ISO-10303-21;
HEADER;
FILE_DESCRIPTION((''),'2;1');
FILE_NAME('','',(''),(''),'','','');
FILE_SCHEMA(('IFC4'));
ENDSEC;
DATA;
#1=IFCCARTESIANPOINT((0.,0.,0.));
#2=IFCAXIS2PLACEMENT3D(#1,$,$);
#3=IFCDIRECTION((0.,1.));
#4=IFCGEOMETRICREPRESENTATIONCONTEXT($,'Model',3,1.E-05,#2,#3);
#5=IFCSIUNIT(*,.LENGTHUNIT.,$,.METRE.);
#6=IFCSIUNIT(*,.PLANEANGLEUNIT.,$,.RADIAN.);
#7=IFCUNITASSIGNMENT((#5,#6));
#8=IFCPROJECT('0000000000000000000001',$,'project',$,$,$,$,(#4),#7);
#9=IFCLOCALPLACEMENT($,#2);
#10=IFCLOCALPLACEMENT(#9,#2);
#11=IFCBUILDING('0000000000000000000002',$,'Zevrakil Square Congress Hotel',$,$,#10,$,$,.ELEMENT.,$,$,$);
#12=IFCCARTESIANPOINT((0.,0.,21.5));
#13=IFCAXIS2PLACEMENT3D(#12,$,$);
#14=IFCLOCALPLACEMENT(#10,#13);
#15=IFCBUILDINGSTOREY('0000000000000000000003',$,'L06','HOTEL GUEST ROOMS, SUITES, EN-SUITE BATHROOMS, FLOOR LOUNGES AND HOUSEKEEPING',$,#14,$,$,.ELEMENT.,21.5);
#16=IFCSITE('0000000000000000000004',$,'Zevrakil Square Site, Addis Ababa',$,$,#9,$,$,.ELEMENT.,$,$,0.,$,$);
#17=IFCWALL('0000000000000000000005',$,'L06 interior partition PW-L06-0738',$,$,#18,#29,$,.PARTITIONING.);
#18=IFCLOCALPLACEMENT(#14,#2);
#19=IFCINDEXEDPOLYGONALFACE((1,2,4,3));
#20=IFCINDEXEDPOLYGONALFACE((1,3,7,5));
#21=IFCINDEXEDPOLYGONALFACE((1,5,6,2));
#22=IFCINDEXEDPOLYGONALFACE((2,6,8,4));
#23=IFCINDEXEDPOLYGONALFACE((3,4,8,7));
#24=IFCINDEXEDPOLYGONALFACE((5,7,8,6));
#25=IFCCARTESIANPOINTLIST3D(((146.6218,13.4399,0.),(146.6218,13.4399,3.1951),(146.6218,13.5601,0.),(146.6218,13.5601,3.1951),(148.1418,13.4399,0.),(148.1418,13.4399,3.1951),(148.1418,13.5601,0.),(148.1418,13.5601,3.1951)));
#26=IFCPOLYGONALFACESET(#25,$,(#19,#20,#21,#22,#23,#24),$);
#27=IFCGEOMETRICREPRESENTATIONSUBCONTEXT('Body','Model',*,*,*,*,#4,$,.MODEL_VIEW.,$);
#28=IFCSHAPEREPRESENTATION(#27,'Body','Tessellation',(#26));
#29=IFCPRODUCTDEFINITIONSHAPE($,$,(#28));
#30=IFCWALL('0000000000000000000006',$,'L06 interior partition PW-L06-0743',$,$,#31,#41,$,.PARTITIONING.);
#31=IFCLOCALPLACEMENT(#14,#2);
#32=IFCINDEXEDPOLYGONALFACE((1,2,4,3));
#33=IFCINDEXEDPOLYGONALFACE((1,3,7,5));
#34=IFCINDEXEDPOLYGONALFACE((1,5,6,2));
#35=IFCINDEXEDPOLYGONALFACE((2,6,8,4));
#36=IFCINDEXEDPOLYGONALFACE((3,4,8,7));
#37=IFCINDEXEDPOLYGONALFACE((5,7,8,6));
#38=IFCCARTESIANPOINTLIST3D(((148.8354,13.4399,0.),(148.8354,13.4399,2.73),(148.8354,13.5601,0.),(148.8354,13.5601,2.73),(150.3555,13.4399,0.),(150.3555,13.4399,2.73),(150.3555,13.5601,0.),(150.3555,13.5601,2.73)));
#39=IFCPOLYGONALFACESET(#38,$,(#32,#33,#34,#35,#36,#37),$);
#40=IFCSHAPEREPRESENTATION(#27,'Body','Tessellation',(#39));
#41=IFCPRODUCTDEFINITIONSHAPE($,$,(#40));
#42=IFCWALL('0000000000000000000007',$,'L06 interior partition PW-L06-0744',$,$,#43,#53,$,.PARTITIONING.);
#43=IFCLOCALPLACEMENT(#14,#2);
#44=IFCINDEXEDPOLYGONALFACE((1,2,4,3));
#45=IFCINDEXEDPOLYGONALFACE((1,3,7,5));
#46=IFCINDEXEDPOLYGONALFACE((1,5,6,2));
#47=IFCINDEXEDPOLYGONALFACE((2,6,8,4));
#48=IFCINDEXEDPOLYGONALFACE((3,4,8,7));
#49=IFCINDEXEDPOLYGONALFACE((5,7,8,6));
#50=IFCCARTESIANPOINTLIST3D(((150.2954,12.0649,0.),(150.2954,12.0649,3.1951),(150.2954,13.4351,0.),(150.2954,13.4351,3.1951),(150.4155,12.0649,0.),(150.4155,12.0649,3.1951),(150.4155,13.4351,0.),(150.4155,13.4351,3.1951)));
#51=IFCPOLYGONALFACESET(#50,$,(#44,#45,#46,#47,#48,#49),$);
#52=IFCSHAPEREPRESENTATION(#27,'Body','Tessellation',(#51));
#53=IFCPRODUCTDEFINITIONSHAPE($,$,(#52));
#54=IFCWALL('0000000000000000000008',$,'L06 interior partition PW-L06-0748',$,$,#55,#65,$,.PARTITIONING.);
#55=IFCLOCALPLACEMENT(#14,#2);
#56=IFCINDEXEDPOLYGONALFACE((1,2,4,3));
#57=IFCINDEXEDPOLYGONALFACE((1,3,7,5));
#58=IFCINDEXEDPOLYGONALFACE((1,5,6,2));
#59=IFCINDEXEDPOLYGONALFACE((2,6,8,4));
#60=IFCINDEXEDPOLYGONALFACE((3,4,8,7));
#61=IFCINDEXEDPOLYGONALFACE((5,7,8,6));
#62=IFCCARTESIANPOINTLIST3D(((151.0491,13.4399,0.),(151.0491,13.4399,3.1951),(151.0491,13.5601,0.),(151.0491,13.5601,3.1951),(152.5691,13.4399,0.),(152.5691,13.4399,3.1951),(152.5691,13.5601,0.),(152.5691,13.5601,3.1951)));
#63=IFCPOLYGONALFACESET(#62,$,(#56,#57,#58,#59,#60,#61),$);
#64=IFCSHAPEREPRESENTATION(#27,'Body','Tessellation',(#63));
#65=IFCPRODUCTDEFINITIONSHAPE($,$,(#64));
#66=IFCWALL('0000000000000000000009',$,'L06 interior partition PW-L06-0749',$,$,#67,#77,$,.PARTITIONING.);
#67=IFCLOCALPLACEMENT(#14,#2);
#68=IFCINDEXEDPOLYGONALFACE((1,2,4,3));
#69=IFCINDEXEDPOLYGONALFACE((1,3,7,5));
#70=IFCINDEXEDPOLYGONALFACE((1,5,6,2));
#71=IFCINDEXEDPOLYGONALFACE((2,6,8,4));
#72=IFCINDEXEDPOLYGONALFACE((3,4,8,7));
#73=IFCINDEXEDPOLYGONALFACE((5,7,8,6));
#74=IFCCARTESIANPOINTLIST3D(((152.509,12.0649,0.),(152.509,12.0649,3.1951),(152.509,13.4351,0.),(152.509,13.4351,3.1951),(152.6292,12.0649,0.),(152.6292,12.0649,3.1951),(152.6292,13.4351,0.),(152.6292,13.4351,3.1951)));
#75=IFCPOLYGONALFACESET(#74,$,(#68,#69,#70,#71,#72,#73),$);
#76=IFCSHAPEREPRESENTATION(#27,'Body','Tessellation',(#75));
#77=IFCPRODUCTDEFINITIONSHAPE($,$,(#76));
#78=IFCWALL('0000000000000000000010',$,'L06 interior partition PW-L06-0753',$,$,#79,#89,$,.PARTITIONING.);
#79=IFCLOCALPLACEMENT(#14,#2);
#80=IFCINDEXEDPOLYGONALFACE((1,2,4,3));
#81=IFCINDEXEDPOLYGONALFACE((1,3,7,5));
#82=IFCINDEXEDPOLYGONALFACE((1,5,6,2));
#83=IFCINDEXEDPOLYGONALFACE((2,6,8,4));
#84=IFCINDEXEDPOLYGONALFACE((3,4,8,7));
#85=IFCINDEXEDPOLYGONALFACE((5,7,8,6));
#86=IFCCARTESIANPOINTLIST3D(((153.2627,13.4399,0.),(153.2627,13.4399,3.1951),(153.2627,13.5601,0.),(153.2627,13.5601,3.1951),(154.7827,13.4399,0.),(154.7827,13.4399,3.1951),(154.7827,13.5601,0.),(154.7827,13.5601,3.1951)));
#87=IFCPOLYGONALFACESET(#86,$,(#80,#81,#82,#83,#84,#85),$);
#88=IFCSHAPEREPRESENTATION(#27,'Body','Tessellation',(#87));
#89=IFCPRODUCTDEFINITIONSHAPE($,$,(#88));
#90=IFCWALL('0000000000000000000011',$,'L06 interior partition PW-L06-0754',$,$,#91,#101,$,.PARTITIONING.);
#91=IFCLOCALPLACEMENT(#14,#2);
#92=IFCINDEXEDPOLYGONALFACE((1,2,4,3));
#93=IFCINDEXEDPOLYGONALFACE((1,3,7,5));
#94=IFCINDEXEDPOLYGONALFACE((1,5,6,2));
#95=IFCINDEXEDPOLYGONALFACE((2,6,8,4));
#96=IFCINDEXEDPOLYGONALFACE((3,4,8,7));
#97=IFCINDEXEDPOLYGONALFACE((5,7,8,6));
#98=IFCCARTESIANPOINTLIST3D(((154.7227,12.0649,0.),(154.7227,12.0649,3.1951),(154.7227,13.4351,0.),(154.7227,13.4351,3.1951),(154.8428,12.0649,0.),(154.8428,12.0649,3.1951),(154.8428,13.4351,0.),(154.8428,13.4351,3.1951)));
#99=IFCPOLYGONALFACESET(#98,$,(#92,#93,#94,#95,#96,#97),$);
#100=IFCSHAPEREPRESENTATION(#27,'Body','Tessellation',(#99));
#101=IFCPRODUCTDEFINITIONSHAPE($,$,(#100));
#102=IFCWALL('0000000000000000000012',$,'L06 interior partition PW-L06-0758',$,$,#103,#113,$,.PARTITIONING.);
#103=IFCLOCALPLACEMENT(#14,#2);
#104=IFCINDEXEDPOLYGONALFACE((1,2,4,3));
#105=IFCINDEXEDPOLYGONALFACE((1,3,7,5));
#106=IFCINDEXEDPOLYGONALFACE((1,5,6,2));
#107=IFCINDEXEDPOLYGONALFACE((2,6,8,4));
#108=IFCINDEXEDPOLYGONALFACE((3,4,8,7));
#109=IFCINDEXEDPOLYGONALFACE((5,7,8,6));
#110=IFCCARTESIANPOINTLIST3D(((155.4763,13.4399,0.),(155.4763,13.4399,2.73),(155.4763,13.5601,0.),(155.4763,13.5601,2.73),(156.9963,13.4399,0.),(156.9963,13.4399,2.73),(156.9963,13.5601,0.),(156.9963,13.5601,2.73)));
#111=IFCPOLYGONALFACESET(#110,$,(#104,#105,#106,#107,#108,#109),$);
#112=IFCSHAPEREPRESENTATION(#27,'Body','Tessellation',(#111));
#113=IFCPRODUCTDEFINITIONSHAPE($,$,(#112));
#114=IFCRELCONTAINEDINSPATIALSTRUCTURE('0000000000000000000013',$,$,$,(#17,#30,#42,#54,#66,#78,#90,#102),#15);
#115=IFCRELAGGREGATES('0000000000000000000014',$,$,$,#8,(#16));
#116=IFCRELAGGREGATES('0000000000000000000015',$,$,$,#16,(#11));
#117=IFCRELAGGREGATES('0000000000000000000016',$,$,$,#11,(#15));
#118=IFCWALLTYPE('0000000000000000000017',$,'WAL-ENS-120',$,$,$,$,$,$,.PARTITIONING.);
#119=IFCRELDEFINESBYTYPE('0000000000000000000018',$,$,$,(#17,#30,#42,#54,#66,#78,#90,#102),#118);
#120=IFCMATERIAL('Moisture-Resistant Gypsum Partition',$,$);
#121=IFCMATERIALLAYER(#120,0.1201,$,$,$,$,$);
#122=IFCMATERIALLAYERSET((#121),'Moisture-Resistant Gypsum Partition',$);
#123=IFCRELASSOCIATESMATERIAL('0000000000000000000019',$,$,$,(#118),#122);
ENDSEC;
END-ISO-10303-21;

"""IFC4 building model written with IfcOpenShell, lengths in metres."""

from ifc_helpers import new_model, si_unit, direction, frame, frame_2d, origin, place, context, subcontext, project, spatial, rectangle, extrude, material, layer, layer_set, type_object, element, save


model = new_model("IFC4")

# Units and contexts
model_context = context("Model", 3, precision=1e-05, world=origin(), true_north=direction((0.0, 1.0)))
body_context = subcontext(model_context, "Body", "Model", "MODEL_VIEW")
ifc_project = project(units=[si_unit("LENGTHUNIT", "METRE"), si_unit("PLANEANGLEUNIT", "RADIAN")], contexts=[model_context])

# Site, building, storey
site_placement = place(None, origin())
site = spatial("IfcSite", under=ifc_project, at=site_placement, Name="Zevrakil Square Site, Addis Ababa", CompositionType="ELEMENT", RefElevation=0.0)
building_placement = place(site_placement, origin())
building = spatial("IfcBuilding", under=site, at=building_placement, Name="Zevrakil Square Congress Hotel", CompositionType="ELEMENT")
storey_placement = place(building_placement, frame((0.0, 0.0, 21.5)))
storey = spatial("IfcBuildingStorey", under=building, at=storey_placement, Name="L06", Description="HOTEL GUEST ROOMS, SUITES, EN-SUITE BATHROOMS, FLOOR LOUNGES AND HOUSEKEEPING", CompositionType="ELEMENT", Elevation=21.5)

# Walls
ifc_material_1 = material(Name="Moisture-Resistant Gypsum Partition")
ifc_layer_1 = layer(ifc_material_1, 0.1201)
ifc_layer_set_1 = layer_set([ifc_layer_1], Name="Moisture-Resistant Gypsum Partition")
wall_type_1 = type_object("IfcWallType", Name="WAL-ENS-120", PredefinedType="PARTITIONING", material=ifc_layer_set_1)
wall_1_placement = place(storey_placement, frame((146.6218, 13.5, 0.0), z_axis=(0.0, 0.0, 1.0), x_axis=(1.0, 0.0, 0.0)))
element("IfcWall", 1, at=wall_1_placement, inside=storey, type_object=wall_type_1, Name="L06 interior partition PW-L06-0738", PredefinedType="PARTITIONING", context=body_context, shape_type="SweptSolid", body=[
    extrude(rectangle(XDim=1.52, YDim=0.1201, at=frame_2d((0.76, 0.0))), origin(), (0.0, 0.0, 1.0), 3.1951),
])
wall_2_placement = place(storey_placement, frame((148.8354, 13.5, 0.0), z_axis=(0.0, 0.0, 1.0), x_axis=(1.0, 0.0, 0.0)))
element("IfcWall", 2, at=wall_2_placement, inside=storey, type_object=wall_type_1, Name="L06 interior partition PW-L06-0743", PredefinedType="PARTITIONING", context=body_context, shape_type="SweptSolid", body=[
    extrude(rectangle(XDim=1.52, YDim=0.1201, at=frame_2d((0.76, 0.0))), origin(), (0.0, 0.0, 1.0), 2.73),
])
wall_3_placement = place(storey_placement, frame((150.3555, 12.0649, 0.0), z_axis=(0.0, 0.0, 1.0), x_axis=(0.0, 1.0, 0.0)))
element("IfcWall", 3, at=wall_3_placement, inside=storey, type_object=wall_type_1, Name="L06 interior partition PW-L06-0744", PredefinedType="PARTITIONING", context=body_context, shape_type="SweptSolid", body=[
    extrude(rectangle(XDim=1.3701, YDim=0.1201, at=frame_2d((0.6851, 0.0))), origin(), (0.0, 0.0, 1.0), 3.1951),
])
wall_4_placement = place(storey_placement, frame((151.0491, 13.5, 0.0), z_axis=(0.0, 0.0, 1.0), x_axis=(1.0, 0.0, 0.0)))
element("IfcWall", 4, at=wall_4_placement, inside=storey, type_object=wall_type_1, Name="L06 interior partition PW-L06-0748", PredefinedType="PARTITIONING", context=body_context, shape_type="SweptSolid", body=[
    extrude(rectangle(XDim=1.52, YDim=0.1201, at=frame_2d((0.76, 0.0))), origin(), (0.0, 0.0, 1.0), 3.1951),
])
wall_5_placement = place(storey_placement, frame((152.5691, 12.0649, 0.0), z_axis=(0.0, 0.0, 1.0), x_axis=(0.0, 1.0, 0.0)))
element("IfcWall", 5, at=wall_5_placement, inside=storey, type_object=wall_type_1, Name="L06 interior partition PW-L06-0749", PredefinedType="PARTITIONING", context=body_context, shape_type="SweptSolid", body=[
    extrude(rectangle(XDim=1.3701, YDim=0.1201, at=frame_2d((0.6851, 0.0))), origin(), (0.0, 0.0, 1.0), 3.1951),
])
wall_6_placement = place(storey_placement, frame((153.2627, 13.5, 0.0), z_axis=(0.0, 0.0, 1.0), x_axis=(1.0, 0.0, 0.0)))
element("IfcWall", 6, at=wall_6_placement, inside=storey, type_object=wall_type_1, Name="L06 interior partition PW-L06-0753", PredefinedType="PARTITIONING", context=body_context, shape_type="SweptSolid", body=[
    extrude(rectangle(XDim=1.52, YDim=0.1201, at=frame_2d((0.76, 0.0))), origin(), (0.0, 0.0, 1.0), 3.1951),
])
wall_7_placement = place(storey_placement, frame((154.7827, 12.0649, 0.0), z_axis=(0.0, 0.0, 1.0), x_axis=(0.0, 1.0, 0.0)))
element("IfcWall", 7, at=wall_7_placement, inside=storey, type_object=wall_type_1, Name="L06 interior partition PW-L06-0754", PredefinedType="PARTITIONING", context=body_context, shape_type="SweptSolid", body=[
    extrude(rectangle(XDim=1.3701, YDim=0.1201, at=frame_2d((0.6851, 0.0))), origin(), (0.0, 0.0, 1.0), 3.1951),
])
wall_8_placement = place(storey_placement, frame((155.4763, 13.5, 0.0), z_axis=(0.0, 0.0, 1.0), x_axis=(1.0, 0.0, 0.0)))
element("IfcWall", 8, at=wall_8_placement, inside=storey, type_object=wall_type_1, Name="L06 interior partition PW-L06-0758", PredefinedType="PARTITIONING", context=body_context, shape_type="SweptSolid", body=[
    extrude(rectangle(XDim=1.52, YDim=0.1201, at=frame_2d((0.76, 0.0))), origin(), (0.0, 0.0, 1.0), 2.73),
])

save(model, "model.ifc")
